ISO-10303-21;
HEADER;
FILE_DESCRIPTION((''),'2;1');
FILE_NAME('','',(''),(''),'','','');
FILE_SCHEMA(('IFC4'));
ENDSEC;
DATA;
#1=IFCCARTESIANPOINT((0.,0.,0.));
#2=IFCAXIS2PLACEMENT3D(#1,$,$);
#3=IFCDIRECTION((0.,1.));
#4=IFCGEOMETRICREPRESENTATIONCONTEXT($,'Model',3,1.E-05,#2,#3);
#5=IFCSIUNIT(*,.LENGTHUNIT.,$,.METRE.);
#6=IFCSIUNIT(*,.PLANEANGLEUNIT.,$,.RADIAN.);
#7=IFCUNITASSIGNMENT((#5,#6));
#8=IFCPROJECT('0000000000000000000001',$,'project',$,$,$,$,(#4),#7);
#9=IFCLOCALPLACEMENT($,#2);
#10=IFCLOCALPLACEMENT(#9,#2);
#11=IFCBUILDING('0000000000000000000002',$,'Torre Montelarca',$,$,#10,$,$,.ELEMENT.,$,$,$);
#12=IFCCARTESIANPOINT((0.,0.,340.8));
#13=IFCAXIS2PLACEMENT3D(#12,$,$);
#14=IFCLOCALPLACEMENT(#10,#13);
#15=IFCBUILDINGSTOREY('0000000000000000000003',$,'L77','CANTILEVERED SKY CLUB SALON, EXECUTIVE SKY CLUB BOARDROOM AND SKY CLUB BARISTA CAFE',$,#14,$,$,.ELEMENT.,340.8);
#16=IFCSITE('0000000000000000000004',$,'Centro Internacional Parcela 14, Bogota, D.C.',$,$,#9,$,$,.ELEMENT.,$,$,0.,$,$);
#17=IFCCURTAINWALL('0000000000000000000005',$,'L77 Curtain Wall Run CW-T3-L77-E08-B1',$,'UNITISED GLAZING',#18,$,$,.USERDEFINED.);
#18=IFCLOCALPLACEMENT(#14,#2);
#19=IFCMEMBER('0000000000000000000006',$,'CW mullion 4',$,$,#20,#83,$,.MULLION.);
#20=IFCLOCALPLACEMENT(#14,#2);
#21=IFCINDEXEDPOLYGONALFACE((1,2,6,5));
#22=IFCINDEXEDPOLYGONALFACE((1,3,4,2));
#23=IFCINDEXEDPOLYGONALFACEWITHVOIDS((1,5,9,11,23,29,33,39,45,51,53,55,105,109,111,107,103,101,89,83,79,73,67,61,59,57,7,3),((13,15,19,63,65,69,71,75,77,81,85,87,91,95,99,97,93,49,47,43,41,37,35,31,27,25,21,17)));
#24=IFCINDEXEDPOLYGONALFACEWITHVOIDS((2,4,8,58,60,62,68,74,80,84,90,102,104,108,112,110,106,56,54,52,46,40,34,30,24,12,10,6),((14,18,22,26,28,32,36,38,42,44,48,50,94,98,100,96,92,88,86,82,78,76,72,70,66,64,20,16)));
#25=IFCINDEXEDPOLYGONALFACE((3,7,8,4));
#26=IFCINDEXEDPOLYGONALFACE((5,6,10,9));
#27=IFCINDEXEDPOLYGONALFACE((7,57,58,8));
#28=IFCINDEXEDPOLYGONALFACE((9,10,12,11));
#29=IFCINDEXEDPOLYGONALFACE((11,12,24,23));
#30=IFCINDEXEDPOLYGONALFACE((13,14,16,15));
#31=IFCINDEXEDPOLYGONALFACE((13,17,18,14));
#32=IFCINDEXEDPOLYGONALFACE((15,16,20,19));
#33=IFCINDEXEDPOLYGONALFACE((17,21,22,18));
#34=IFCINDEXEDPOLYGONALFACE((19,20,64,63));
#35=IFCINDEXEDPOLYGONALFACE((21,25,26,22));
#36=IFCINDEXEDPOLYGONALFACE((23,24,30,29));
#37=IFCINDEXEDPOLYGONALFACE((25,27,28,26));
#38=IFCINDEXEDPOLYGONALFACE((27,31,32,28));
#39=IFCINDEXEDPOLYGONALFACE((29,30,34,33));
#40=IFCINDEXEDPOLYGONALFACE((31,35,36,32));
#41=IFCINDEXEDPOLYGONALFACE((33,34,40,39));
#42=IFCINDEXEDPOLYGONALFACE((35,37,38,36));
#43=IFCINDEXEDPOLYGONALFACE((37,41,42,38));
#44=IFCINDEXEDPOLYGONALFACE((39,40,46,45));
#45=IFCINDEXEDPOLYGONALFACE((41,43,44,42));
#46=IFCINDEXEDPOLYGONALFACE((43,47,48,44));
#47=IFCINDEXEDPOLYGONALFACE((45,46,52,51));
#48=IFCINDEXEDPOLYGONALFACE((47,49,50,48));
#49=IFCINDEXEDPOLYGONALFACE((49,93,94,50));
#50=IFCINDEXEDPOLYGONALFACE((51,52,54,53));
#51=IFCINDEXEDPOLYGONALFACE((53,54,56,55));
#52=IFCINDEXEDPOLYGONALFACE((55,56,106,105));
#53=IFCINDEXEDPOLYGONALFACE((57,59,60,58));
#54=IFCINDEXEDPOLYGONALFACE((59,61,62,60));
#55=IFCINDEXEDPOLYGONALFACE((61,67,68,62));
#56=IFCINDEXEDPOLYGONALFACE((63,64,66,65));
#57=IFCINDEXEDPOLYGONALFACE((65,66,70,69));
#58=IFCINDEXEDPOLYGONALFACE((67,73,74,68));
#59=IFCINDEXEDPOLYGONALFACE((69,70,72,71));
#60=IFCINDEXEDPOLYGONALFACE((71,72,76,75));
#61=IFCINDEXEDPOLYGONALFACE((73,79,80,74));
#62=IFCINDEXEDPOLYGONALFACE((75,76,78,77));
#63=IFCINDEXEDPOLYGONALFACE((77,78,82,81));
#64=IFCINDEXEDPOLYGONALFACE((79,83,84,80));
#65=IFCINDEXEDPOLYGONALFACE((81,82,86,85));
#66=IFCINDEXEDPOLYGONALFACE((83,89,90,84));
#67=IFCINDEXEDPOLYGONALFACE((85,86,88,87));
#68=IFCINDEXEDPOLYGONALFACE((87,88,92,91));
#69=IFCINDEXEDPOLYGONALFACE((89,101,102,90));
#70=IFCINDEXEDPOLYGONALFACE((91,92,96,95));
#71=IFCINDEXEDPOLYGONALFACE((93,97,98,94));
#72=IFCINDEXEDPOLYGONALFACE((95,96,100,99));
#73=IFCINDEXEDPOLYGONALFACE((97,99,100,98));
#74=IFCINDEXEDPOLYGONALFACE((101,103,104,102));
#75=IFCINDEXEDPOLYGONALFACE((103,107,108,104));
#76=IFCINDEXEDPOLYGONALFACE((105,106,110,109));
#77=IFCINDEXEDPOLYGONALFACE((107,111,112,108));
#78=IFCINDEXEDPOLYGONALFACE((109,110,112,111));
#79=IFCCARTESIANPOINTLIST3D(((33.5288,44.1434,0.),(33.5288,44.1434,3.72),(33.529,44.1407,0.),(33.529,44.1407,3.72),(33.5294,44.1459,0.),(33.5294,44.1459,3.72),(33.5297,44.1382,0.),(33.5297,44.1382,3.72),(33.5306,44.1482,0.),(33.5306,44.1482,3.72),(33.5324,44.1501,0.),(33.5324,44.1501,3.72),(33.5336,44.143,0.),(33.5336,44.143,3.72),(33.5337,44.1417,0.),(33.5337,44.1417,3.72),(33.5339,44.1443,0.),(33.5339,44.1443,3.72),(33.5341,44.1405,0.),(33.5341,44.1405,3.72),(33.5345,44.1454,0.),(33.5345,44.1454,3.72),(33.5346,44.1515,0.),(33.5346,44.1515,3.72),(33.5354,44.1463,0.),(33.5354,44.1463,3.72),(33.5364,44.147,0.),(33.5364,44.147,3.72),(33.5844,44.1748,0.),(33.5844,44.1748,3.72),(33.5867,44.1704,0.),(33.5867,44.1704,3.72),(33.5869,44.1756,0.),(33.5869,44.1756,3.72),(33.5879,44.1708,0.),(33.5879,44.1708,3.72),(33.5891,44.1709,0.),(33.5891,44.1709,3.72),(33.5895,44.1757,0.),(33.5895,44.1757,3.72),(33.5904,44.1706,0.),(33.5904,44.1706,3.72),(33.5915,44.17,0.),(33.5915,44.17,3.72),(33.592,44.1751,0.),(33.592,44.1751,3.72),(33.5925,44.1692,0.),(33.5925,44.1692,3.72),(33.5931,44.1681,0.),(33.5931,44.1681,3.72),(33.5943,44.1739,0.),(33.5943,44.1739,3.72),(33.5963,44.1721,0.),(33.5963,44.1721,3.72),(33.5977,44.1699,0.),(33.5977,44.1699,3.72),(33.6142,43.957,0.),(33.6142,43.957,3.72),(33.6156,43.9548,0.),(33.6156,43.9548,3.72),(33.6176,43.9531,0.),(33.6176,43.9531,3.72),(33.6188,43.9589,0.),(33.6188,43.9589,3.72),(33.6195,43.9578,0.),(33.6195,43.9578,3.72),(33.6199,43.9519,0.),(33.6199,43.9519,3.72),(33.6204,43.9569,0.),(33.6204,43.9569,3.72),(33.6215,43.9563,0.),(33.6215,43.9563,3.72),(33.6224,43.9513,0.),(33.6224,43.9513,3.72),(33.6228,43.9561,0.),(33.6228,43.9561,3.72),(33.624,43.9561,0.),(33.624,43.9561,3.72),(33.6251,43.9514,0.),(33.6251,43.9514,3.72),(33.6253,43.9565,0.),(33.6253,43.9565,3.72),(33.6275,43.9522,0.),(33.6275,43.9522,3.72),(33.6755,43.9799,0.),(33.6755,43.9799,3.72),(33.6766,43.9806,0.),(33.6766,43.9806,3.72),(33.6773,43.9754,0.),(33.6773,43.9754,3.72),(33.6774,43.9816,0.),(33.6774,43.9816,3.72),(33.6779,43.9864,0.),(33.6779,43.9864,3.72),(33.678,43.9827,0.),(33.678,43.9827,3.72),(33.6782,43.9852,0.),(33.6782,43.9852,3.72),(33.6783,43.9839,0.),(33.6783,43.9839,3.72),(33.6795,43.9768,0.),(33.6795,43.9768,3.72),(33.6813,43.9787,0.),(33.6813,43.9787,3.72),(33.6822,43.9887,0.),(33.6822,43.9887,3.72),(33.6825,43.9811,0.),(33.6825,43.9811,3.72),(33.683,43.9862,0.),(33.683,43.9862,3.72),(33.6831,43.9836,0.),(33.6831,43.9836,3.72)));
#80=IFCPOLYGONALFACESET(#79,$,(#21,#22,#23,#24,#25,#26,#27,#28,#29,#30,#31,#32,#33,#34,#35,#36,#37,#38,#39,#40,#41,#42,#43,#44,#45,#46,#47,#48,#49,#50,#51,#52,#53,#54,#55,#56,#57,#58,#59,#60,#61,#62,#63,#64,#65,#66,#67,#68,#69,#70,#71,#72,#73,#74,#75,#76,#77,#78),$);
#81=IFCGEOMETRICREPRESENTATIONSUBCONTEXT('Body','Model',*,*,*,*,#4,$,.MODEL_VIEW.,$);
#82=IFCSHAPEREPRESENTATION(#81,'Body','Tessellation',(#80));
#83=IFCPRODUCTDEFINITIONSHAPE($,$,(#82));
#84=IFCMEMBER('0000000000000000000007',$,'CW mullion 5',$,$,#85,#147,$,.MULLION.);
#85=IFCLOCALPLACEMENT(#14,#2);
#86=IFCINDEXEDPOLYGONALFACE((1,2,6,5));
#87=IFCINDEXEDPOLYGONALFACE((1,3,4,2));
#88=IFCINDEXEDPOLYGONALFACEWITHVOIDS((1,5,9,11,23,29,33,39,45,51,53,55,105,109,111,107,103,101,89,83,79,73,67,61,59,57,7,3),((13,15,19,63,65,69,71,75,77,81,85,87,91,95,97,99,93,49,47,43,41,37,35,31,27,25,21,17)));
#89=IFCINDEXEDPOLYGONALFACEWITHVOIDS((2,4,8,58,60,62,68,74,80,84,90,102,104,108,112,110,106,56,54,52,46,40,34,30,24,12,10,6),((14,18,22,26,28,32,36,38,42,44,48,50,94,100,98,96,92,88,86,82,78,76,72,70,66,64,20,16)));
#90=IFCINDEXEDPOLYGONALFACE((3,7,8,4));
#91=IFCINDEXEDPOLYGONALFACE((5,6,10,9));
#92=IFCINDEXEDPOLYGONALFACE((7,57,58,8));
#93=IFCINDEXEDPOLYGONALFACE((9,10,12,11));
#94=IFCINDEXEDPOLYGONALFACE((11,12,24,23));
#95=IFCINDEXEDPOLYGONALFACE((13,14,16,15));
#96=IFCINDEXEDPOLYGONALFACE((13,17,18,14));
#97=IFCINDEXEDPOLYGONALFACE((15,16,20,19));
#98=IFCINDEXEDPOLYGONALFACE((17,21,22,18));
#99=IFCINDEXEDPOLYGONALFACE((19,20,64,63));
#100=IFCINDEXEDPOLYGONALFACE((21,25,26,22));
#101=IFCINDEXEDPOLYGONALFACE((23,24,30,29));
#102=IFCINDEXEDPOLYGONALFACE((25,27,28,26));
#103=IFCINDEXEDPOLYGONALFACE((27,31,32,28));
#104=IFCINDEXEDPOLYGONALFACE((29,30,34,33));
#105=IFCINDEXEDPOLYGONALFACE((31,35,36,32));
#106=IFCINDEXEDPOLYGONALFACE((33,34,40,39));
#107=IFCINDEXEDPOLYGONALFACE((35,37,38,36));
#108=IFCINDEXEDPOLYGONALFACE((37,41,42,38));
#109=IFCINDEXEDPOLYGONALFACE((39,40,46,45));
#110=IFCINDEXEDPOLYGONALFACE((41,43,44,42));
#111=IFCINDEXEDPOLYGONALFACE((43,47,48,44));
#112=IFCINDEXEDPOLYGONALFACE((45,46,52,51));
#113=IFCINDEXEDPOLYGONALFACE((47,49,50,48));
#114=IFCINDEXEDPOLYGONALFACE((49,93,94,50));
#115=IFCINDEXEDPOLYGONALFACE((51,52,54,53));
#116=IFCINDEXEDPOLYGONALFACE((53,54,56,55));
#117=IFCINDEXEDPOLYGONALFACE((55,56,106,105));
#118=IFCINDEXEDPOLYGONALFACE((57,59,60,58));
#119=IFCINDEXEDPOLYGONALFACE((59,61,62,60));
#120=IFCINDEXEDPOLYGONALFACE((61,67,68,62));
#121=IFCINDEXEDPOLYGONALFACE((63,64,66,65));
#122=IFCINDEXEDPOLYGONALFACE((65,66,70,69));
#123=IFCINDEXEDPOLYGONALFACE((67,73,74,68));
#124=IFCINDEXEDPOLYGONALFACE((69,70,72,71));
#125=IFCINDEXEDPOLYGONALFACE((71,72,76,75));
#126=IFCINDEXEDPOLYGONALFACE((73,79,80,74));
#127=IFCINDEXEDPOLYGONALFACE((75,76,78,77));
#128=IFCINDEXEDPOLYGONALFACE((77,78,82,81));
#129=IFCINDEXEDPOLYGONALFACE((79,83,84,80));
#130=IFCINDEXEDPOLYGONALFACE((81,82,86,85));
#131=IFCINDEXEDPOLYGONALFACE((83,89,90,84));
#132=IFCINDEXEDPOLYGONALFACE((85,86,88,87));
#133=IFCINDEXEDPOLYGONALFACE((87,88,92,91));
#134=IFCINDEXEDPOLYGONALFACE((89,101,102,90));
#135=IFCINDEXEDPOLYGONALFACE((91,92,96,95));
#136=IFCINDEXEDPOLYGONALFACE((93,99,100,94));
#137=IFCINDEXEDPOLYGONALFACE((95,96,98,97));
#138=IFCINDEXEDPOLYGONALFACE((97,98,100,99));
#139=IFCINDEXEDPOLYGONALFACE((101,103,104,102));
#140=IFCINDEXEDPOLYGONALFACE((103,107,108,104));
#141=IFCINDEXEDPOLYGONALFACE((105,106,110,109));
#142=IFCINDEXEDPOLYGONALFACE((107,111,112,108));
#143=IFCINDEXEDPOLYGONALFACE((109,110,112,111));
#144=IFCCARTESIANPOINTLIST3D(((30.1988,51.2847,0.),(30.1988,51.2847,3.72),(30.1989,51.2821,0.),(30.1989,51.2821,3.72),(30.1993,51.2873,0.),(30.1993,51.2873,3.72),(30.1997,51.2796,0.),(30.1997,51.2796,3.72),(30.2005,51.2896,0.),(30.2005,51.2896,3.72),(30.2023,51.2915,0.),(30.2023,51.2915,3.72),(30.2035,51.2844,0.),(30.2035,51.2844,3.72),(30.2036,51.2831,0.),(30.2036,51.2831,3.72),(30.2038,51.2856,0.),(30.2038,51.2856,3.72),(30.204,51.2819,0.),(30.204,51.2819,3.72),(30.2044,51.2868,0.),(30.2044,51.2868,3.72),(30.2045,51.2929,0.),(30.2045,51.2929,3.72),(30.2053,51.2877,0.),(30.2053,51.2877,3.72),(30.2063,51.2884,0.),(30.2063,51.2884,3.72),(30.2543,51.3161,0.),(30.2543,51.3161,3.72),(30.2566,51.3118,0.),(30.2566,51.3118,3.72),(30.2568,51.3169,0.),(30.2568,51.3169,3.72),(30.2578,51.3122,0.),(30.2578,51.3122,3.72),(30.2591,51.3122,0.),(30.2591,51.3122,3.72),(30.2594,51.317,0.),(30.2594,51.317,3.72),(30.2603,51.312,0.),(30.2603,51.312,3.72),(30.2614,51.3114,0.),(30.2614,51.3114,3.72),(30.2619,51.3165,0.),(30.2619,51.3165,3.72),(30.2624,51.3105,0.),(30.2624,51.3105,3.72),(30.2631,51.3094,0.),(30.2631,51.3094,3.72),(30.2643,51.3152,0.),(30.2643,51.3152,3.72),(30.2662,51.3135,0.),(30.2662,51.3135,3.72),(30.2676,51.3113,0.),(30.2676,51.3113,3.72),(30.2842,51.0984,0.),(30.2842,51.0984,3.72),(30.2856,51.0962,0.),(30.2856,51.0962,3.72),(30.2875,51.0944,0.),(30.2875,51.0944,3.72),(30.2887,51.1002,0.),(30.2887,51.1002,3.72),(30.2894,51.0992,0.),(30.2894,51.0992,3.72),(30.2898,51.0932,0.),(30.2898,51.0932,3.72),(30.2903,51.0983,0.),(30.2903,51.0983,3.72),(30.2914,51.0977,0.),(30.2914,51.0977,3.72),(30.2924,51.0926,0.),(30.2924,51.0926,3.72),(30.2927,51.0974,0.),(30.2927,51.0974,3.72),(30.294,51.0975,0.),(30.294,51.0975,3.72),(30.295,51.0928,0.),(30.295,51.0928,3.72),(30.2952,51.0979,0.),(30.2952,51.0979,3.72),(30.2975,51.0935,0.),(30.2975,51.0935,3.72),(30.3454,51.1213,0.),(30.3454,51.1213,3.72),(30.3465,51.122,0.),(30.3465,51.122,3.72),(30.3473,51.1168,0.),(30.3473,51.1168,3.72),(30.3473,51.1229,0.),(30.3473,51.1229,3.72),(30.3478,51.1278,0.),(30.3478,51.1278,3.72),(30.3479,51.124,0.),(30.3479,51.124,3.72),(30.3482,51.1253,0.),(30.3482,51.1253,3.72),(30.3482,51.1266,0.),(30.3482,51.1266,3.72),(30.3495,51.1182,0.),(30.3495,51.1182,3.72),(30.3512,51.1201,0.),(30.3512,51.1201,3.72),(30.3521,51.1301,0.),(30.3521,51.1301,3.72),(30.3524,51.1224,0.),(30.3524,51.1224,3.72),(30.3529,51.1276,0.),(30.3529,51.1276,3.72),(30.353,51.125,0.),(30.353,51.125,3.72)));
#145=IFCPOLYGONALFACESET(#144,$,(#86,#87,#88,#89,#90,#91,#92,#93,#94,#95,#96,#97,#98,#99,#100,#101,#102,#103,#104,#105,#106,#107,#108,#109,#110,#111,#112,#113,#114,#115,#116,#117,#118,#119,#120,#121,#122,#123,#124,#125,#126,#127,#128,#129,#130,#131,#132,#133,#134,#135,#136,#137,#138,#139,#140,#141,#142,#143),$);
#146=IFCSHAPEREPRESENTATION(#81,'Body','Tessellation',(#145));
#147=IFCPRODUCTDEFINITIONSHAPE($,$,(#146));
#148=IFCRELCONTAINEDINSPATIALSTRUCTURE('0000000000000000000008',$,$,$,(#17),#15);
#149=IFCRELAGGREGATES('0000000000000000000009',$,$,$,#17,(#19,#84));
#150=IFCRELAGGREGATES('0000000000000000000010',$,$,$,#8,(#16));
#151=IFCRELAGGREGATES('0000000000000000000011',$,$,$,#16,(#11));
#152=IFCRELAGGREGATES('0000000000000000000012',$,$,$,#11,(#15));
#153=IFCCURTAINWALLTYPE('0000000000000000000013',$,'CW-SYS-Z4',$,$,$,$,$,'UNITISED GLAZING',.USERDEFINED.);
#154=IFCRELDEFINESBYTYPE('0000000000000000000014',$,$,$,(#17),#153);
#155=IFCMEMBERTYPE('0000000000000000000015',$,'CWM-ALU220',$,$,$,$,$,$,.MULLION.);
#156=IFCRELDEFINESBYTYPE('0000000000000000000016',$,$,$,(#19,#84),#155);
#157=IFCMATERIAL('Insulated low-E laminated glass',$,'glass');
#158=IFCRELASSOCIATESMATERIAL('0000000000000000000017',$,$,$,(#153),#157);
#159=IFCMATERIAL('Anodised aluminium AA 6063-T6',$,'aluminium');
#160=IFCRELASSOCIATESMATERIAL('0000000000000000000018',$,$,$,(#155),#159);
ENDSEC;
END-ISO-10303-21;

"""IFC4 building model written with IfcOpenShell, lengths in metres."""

from ifc_helpers import new_model, si_unit, direction, frame, origin, origin_2d, place, context, subcontext, project, spatial, hollow_rectangle, extrude, source, transform, mapped, material, material_profile, profile_set, type_object, element, aggregate, save


model = new_model("IFC4")

# Units and contexts
model_context = context("Model", 3, precision=1e-05, world=origin(), true_north=direction((0.0, 1.0)))
body_context = subcontext(model_context, "Body", "Model", "MODEL_VIEW")
ifc_project = project(units=[si_unit("LENGTHUNIT", "METRE"), si_unit("PLANEANGLEUNIT", "RADIAN")], contexts=[model_context])

# Site, building, storey
site_placement = place(None, origin())
site = spatial("IfcSite", under=ifc_project, at=site_placement, Name="Centro Internacional Parcela 14, Bogota, D.C.", CompositionType="ELEMENT", RefElevation=0.0)
building_placement = place(site_placement, origin())
building = spatial("IfcBuilding", under=site, at=building_placement, Name="Torre Montelarca", CompositionType="ELEMENT")
storey_placement = place(building_placement, frame((0.0, 0.0, 340.8)))
storey = spatial("IfcBuildingStorey", under=building, at=storey_placement, Name="L77", Description="CANTILEVERED SKY CLUB SALON, EXECUTIVE SKY CLUB BOARDROOM AND SKY CLUB BARISTA CAFE", CompositionType="ELEMENT", Elevation=340.8)

# Curtain wall, members
ifc_material_1 = material(Name="Insulated low-E laminated glass", Category="glass")
curtain_wall_type = type_object("IfcCurtainWallType", Name="CW-SYS-Z4", ElementType="UNITISED GLAZING", PredefinedType="USERDEFINED", material=ifc_material_1)
curtain_wall_1_placement = place(storey_placement, origin())
curtain_wall_1 = element("IfcCurtainWall", 1, at=curtain_wall_1_placement, inside=storey, type_object=curtain_wall_type, Name="L77 Curtain Wall Run CW-T3-L77-E08-B1", ObjectType="UNITISED GLAZING", PredefinedType="USERDEFINED")
ifc_material_2 = material(Name="Anodised aluminium AA 6063-T6", Category="aluminium")
ifc_material_profile_1 = material_profile(ifc_material_2, hollow_rectangle(XDim=0.075, YDim=0.22, WallThickness=0.0049, InnerFilletRadius=0.0049, OuterFilletRadius=0.01, at=origin_2d()), Name="ALU75X220X5", Category="aluminium")
ifc_profile_set_1 = profile_set([ifc_material_profile_1], Name="Anodised aluminium AA 6063-T6")
member_type_1 = type_object("IfcMemberType", Name="CWM-ALU220", PredefinedType="MULLION", material=ifc_profile_set_1)
shared_shape_1 = source(origin(), body_context, "Body", "SweptSolid", [
    extrude(hollow_rectangle(XDim=0.075, YDim=0.22, WallThickness=0.0049, InnerFilletRadius=0.0049, OuterFilletRadius=0.01, at=origin_2d()), origin(), (0.0, 0.0, 1.0), 3.72),
])
member_1_placement = place(storey_placement, frame((33.606, 44.0635, 0.0), z_axis=(0.0, 0.0, 1.0), x_axis=(-0.906309, -0.422615, 0.0)))
member_1 = element("IfcMember", 2, at=member_1_placement, type_object=member_type_1, Name="CW mullion 4", PredefinedType="MULLION", context=body_context, shape_type="MappedRepresentation", body=[
    mapped(shared_shape_1, transform((0.0, 0.0, 0.0), scale=1.0)),
])
member_2_placement = place(storey_placement, frame((30.2759, 51.2048, 0.0), z_axis=(0.0, 0.0, 1.0), x_axis=(-0.906309, -0.422615, 0.0)))
member_2 = element("IfcMember", 3, at=member_2_placement, type_object=member_type_1, Name="CW mullion 5", PredefinedType="MULLION", context=body_context, shape_type="MappedRepresentation", body=[
    mapped(shared_shape_1, transform((0.0, 0.0, 0.0), scale=1.0)),
])

aggregate(curtain_wall_1, [member_1, member_2])

save(model, "model.ifc")
